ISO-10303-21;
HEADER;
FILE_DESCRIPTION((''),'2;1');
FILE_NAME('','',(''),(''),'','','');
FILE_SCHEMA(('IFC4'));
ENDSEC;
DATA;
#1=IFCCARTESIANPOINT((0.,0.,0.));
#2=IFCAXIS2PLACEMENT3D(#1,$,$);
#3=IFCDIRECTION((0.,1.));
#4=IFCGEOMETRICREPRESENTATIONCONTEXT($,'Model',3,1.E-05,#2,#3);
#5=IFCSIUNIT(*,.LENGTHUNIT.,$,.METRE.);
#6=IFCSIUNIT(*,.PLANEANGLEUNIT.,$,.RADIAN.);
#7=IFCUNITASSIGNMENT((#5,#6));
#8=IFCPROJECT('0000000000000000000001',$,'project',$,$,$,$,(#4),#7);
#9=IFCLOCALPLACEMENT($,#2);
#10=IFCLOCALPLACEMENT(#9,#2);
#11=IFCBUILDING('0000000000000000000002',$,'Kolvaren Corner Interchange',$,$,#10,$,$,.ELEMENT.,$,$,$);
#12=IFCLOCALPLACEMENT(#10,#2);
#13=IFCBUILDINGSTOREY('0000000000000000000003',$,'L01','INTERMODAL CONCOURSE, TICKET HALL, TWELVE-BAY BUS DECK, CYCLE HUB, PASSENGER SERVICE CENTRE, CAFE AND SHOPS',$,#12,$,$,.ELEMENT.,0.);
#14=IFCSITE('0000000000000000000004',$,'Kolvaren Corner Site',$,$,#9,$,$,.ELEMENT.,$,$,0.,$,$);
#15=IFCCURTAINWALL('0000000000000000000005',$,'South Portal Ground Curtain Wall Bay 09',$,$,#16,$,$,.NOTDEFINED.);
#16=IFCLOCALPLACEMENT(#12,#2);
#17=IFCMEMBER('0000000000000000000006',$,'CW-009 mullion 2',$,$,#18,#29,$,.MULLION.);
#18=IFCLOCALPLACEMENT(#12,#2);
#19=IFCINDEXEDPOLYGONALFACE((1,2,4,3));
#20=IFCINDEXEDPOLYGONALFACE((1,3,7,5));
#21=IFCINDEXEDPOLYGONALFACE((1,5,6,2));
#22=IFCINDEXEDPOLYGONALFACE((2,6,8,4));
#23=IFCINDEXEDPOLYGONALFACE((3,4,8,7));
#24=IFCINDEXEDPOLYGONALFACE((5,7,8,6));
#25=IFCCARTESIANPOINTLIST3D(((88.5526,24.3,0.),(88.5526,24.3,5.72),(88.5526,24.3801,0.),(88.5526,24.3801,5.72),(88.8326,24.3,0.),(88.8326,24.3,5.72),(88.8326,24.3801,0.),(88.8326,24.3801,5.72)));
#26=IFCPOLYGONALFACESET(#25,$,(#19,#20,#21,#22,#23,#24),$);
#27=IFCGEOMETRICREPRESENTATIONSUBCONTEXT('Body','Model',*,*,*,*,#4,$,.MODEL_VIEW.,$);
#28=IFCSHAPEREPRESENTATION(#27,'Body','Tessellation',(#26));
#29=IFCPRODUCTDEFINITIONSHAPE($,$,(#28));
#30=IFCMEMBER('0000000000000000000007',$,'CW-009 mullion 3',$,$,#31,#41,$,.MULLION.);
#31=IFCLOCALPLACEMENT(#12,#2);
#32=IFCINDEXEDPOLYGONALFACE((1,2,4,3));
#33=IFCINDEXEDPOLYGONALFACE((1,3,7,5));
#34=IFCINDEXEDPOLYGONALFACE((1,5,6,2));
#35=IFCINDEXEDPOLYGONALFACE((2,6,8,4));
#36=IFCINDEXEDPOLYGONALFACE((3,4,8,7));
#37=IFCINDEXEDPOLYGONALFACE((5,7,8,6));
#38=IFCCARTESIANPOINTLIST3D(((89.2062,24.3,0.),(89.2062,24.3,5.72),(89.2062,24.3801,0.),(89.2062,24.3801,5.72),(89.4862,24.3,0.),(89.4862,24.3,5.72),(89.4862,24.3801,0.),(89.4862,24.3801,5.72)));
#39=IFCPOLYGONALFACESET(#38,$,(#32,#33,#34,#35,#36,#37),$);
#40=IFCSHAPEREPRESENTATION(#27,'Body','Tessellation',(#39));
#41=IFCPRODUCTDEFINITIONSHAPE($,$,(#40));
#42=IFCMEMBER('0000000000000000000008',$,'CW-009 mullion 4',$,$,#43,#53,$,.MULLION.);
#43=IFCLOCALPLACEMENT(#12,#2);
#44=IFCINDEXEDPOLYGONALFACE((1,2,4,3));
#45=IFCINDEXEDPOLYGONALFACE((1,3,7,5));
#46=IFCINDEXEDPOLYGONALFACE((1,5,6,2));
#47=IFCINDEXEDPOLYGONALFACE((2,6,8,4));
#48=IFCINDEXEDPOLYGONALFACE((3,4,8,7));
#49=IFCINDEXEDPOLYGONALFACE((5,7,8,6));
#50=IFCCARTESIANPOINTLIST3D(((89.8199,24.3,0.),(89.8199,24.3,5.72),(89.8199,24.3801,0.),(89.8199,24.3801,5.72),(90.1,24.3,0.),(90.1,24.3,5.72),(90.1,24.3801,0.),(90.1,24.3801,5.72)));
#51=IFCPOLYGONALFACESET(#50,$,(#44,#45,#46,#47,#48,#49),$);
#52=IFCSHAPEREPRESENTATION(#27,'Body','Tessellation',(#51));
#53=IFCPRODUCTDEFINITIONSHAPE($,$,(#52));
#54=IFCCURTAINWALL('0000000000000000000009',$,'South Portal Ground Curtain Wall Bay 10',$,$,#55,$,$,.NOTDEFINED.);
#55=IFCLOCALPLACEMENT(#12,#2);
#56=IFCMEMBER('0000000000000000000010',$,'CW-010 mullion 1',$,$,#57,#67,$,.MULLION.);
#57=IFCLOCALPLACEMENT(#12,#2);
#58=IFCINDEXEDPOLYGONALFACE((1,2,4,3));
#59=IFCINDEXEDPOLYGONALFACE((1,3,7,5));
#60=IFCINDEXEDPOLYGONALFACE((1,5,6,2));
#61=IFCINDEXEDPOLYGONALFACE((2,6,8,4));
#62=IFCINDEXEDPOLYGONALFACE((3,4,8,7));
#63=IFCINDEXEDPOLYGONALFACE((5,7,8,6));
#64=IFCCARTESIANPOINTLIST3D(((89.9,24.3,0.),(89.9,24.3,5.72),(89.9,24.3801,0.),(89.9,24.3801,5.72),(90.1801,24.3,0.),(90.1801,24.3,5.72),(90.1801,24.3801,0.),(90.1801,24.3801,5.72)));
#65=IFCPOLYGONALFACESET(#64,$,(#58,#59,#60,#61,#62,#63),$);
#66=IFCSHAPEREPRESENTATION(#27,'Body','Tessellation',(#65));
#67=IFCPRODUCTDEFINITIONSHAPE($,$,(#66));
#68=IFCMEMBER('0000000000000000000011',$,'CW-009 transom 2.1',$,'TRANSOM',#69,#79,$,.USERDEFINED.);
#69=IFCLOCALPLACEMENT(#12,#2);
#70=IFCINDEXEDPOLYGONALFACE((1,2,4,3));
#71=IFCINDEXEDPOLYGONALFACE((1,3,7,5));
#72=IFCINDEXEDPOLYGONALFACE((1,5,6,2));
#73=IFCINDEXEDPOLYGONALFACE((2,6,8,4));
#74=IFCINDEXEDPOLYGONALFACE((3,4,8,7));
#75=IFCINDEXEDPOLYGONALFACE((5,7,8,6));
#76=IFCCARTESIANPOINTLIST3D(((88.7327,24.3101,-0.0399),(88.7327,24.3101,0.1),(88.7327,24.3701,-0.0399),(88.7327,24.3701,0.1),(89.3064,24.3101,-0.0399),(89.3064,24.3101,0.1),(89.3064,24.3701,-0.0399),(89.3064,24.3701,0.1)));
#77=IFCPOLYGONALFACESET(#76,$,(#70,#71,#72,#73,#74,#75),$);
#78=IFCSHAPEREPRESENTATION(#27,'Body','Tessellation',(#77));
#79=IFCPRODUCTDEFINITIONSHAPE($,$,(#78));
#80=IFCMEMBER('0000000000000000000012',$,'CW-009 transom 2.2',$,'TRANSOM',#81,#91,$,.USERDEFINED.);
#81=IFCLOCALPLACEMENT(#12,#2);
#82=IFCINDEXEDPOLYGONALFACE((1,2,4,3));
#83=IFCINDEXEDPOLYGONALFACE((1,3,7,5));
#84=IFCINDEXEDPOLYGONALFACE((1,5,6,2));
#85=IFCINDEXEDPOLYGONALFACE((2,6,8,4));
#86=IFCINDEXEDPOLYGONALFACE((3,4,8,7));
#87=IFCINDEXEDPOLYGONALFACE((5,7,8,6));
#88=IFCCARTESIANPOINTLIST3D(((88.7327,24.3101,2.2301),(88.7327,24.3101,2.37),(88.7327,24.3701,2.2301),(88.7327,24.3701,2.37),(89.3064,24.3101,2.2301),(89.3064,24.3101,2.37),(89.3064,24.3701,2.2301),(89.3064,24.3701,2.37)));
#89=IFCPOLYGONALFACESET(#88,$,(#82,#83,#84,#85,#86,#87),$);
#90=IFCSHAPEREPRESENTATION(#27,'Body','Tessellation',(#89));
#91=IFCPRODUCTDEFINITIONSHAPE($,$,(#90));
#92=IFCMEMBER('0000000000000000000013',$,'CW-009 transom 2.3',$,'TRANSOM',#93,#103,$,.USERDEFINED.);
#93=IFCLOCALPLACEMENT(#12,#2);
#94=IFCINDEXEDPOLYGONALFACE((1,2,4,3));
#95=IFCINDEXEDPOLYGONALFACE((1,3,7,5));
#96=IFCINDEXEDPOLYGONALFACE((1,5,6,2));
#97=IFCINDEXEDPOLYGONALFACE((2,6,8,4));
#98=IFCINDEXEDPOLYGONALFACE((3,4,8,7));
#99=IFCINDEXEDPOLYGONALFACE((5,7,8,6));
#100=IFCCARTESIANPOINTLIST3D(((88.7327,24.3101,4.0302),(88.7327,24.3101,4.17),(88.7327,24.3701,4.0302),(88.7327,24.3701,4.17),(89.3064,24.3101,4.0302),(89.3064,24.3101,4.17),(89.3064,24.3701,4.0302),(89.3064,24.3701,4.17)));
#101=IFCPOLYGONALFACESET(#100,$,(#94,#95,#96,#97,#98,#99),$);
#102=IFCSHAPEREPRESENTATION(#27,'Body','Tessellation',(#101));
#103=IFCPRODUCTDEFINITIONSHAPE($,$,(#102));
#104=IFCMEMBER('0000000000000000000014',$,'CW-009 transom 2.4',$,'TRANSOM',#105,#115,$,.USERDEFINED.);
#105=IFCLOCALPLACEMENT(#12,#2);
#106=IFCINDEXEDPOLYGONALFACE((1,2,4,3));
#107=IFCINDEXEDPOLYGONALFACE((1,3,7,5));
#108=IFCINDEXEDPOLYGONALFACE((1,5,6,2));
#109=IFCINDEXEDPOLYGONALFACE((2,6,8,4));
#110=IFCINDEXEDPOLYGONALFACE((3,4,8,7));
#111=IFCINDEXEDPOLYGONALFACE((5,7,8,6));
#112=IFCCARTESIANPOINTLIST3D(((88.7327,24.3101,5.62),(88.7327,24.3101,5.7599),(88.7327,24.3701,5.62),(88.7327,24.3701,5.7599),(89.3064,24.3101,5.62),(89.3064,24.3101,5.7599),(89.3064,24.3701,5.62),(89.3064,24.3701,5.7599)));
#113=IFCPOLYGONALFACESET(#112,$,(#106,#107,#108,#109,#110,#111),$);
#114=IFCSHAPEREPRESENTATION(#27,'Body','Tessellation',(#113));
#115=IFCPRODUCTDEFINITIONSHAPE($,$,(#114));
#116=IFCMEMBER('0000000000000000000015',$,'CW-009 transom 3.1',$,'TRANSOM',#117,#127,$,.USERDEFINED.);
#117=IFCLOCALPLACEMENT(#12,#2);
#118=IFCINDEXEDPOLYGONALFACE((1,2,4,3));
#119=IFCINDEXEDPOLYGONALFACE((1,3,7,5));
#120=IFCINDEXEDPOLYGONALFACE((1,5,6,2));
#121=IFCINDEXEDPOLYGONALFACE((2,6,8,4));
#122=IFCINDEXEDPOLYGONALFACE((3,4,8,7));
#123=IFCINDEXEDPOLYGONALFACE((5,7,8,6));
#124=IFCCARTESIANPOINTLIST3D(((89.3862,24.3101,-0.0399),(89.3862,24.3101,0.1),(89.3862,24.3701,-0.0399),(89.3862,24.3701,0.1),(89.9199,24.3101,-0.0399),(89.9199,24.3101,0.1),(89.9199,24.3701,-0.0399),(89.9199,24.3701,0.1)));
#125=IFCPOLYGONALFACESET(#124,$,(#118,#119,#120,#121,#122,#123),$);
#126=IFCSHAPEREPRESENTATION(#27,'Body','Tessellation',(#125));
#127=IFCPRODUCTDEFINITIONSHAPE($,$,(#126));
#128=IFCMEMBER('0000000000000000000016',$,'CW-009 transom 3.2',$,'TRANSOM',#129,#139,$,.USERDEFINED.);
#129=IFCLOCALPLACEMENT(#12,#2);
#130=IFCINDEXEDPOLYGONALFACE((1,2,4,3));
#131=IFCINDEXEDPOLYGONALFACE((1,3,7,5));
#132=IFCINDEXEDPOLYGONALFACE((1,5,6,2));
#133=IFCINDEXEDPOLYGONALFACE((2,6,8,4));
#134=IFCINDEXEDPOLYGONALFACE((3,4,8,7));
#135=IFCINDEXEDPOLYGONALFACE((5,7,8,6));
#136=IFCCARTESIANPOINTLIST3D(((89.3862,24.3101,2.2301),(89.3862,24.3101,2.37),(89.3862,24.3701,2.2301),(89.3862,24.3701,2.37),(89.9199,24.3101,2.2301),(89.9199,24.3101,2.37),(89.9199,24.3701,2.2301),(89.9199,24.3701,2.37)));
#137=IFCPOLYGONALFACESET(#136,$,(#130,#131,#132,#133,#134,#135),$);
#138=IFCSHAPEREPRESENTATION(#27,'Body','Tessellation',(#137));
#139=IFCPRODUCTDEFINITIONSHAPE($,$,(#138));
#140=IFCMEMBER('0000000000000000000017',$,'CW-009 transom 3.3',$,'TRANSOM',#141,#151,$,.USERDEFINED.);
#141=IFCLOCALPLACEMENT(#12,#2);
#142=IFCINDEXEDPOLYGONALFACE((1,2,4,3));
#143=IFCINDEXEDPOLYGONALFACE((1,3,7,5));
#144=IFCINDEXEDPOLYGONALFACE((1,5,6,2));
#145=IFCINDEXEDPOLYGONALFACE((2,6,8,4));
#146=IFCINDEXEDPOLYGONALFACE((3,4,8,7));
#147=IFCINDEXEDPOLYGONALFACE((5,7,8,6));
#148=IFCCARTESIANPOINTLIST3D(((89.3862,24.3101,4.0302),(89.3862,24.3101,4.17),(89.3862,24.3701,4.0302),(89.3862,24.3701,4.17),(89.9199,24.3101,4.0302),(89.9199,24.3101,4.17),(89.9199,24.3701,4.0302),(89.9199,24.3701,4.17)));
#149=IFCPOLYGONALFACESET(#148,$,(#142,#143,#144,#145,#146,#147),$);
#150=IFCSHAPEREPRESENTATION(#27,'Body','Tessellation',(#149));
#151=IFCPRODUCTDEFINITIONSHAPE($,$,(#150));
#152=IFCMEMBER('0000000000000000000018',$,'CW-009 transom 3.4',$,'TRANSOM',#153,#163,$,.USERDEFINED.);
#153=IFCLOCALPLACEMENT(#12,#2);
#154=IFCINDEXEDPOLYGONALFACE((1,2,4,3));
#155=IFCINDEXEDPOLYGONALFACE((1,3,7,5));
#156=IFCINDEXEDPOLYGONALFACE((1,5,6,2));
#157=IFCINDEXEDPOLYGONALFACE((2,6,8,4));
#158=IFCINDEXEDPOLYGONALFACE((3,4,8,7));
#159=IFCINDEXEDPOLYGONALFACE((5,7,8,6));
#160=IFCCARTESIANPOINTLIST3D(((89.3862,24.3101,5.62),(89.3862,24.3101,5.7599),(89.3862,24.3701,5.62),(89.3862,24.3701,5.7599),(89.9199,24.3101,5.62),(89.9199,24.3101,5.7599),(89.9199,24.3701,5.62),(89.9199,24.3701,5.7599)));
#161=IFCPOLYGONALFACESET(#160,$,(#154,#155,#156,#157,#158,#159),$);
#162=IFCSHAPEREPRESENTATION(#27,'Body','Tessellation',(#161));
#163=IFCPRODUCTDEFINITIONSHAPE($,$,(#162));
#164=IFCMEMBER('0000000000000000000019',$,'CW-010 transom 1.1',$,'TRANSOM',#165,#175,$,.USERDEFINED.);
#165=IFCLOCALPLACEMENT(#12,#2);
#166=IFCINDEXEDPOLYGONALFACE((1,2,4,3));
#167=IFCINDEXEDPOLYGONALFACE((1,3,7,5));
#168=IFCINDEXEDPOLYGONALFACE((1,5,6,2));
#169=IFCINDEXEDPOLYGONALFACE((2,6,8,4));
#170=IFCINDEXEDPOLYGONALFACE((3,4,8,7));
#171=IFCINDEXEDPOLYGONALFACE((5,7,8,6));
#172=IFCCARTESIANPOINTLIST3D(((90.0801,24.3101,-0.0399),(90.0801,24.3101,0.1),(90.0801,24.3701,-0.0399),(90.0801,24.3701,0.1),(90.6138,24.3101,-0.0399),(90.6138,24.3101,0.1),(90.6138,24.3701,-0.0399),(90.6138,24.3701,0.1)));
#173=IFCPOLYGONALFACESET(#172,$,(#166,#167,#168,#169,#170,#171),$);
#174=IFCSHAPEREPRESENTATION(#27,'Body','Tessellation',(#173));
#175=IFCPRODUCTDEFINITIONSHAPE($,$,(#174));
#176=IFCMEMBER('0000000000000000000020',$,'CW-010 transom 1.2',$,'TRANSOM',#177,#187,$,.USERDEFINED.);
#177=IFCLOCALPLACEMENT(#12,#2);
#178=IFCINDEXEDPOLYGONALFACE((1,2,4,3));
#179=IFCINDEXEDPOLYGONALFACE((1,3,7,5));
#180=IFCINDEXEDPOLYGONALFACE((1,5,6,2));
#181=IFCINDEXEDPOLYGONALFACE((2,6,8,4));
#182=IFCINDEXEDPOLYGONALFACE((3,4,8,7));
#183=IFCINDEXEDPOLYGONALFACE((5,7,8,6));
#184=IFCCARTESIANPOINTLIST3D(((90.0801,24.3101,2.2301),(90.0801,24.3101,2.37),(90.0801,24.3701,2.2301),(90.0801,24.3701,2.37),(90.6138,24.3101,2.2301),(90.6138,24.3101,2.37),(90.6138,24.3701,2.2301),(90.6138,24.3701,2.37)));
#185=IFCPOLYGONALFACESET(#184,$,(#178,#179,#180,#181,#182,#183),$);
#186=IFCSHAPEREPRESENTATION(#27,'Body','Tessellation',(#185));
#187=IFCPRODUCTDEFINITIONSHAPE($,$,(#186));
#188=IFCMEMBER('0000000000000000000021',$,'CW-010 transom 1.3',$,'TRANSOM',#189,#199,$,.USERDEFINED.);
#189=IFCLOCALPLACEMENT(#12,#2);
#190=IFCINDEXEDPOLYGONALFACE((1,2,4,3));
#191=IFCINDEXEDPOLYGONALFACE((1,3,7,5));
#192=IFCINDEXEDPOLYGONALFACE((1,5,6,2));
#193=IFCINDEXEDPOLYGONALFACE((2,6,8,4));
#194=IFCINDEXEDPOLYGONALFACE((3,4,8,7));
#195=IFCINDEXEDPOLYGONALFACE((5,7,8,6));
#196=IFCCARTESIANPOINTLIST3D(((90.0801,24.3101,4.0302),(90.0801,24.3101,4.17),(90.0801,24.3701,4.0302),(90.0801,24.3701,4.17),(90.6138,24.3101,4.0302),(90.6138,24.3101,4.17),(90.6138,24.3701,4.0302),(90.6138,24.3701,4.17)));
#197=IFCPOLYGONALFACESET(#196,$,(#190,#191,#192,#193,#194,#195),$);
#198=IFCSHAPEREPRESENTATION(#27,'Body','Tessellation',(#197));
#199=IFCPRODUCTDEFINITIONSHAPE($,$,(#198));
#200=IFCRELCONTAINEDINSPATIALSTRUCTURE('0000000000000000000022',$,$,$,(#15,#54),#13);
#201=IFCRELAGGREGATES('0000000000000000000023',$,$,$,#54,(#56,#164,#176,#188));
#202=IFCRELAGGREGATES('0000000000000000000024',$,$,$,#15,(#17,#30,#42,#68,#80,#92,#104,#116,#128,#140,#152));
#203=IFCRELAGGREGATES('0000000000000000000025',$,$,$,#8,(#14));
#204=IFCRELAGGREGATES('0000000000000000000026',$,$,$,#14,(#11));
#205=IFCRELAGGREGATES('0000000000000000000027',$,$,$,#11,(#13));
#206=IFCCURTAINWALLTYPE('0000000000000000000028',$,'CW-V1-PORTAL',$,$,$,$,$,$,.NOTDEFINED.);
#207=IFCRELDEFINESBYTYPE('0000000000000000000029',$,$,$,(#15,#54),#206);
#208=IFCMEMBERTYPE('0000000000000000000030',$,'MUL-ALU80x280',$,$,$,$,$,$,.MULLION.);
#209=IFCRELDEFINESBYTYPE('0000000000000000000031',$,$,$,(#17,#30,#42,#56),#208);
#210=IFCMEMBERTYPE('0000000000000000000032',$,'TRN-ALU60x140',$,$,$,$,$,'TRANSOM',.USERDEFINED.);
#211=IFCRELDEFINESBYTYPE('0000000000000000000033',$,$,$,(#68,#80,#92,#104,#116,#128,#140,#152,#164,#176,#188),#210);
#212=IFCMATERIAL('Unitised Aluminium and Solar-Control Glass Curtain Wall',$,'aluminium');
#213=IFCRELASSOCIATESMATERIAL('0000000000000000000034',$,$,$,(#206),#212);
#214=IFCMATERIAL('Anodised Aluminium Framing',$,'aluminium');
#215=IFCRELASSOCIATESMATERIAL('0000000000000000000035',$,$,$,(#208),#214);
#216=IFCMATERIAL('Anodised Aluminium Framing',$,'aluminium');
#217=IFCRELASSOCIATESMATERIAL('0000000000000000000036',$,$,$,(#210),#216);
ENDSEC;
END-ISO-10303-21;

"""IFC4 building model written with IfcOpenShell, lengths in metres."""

from ifc_helpers import new_model, si_unit, direction, frame, origin, origin_2d, place, context, subcontext, project, spatial, rectangle, extrude, material, material_profile, profile_set, type_object, element, aggregate, save


model = new_model("IFC4")

# Units and contexts
model_context = context("Model", 3, precision=1e-05, world=origin(), true_north=direction((0.0, 1.0)))
body_context = subcontext(model_context, "Body", "Model", "MODEL_VIEW")
ifc_project = project(units=[si_unit("LENGTHUNIT", "METRE"), si_unit("PLANEANGLEUNIT", "RADIAN")], contexts=[model_context])

# Site, building, storey
site_placement = place(None, origin())
site = spatial("IfcSite", under=ifc_project, at=site_placement, Name="Kolvaren Corner Site", CompositionType="ELEMENT", RefElevation=0.0)
building_placement = place(site_placement, origin())
building = spatial("IfcBuilding", under=site, at=building_placement, Name="Kolvaren Corner Interchange", CompositionType="ELEMENT")
storey_placement = place(building_placement, origin())
storey = spatial("IfcBuildingStorey", under=building, at=storey_placement, Name="L01", Description="INTERMODAL CONCOURSE, TICKET HALL, TWELVE-BAY BUS DECK, CYCLE HUB, PASSENGER SERVICE CENTRE, CAFE AND SHOPS", CompositionType="ELEMENT", Elevation=0.0)

# Curtain wall, members
ifc_material_1 = material(Name="Unitised Aluminium and Solar-Control Glass Curtain Wall", Category="aluminium")
curtain_wall_type = type_object("IfcCurtainWallType", Name="CW-V1-PORTAL", PredefinedType="NOTDEFINED", material=ifc_material_1)
curtain_wall_1_placement = place(storey_placement, origin())
curtain_wall_1 = element("IfcCurtainWall", 1, at=curtain_wall_1_placement, inside=storey, type_object=curtain_wall_type, Name="South Portal Ground Curtain Wall Bay 09", PredefinedType="NOTDEFINED")
ifc_material_2 = material(Name="Anodised Aluminium Framing", Category="aluminium")
ifc_material_profile_1 = material_profile(ifc_material_2, rectangle(XDim=0.0801, YDim=0.28, at=origin_2d()), Name="ALU 80x280")
ifc_profile_set_1 = profile_set([ifc_material_profile_1], Name="Anodised Aluminium Framing")
member_type_1 = type_object("IfcMemberType", Name="MUL-ALU80x280", PredefinedType="MULLION", material=ifc_profile_set_1)
member_1_placement = place(storey_placement, frame((88.6926, 24.3401, 0.0), z_axis=(0.0, 0.0, 1.0), x_axis=(0.0, 1.0, 0.0)))
member_1 = element("IfcMember", 2, at=member_1_placement, type_object=member_type_1, Name="CW-009 mullion 2", PredefinedType="MULLION", context=body_context, shape_type="SweptSolid", body=[
    extrude(rectangle(XDim=0.0801, YDim=0.28, at=origin_2d()), origin(), (0.0, 0.0, 1.0), 5.72),
])
member_2_placement = place(storey_placement, frame((89.3462, 24.3401, 0.0), z_axis=(0.0, 0.0, 1.0), x_axis=(0.0, 1.0, 0.0)))
member_2 = element("IfcMember", 3, at=member_2_placement, type_object=member_type_1, Name="CW-009 mullion 3", PredefinedType="MULLION", context=body_context, shape_type="SweptSolid", body=[
    extrude(rectangle(XDim=0.0801, YDim=0.28, at=origin_2d()), origin(), (0.0, 0.0, 1.0), 5.72),
])
member_3_placement = place(storey_placement, frame((89.96, 24.3401, 0.0), z_axis=(0.0, 0.0, 1.0), x_axis=(0.0, 1.0, 0.0)))
member_3 = element("IfcMember", 4, at=member_3_placement, type_object=member_type_1, Name="CW-009 mullion 4", PredefinedType="MULLION", context=body_context, shape_type="SweptSolid", body=[
    extrude(rectangle(XDim=0.0801, YDim=0.28, at=origin_2d()), origin(), (0.0, 0.0, 1.0), 5.72),
])

# Curtain wall, member
curtain_wall_2_placement = place(storey_placement, origin())
curtain_wall_2 = element("IfcCurtainWall", 5, at=curtain_wall_2_placement, inside=storey, type_object=curtain_wall_type, Name="South Portal Ground Curtain Wall Bay 10", PredefinedType="NOTDEFINED")
member_4_placement = place(storey_placement, frame((90.04, 24.3401, 0.0), z_axis=(0.0, 0.0, 1.0), x_axis=(0.0, 1.0, 0.0)))
member_4 = element("IfcMember", 6, at=member_4_placement, type_object=member_type_1, Name="CW-010 mullion 1", PredefinedType="MULLION", context=body_context, shape_type="SweptSolid", body=[
    extrude(rectangle(XDim=0.0801, YDim=0.28, at=origin_2d()), origin(), (0.0, 0.0, 1.0), 5.72),
])

# Members
ifc_material_3 = material(Name="Anodised Aluminium Framing", Category="aluminium")
ifc_material_profile_2 = material_profile(ifc_material_3, rectangle(XDim=0.0601, YDim=0.1399, at=origin_2d()), Name="ALU 60x140")
ifc_profile_set_2 = profile_set([ifc_material_profile_2], Name="Anodised Aluminium Framing")
member_type_2 = type_object("IfcMemberType", Name="TRN-ALU60x140", ElementType="TRANSOM", PredefinedType="USERDEFINED", material=ifc_profile_set_2)
member_5_placement = place(storey_placement, frame((88.7327, 24.3401, 0.03), z_axis=(1.0, 0.0, 0.0), x_axis=(0.0, 1.0, 0.0)))
member_5 = element("IfcMember", 7, at=member_5_placement, type_object=member_type_2, Name="CW-009 transom 2.1", ObjectType="TRANSOM", PredefinedType="USERDEFINED", context=body_context, shape_type="SweptSolid", body=[
    extrude(rectangle(XDim=0.0601, YDim=0.1399, at=origin_2d()), origin(), (0.0, 0.0, 1.0), 0.5737),
])
member_6_placement = place(storey_placement, frame((88.7327, 24.3401, 2.3), z_axis=(1.0, 0.0, 0.0), x_axis=(0.0, 1.0, 0.0)))
member_6 = element("IfcMember", 8, at=member_6_placement, type_object=member_type_2, Name="CW-009 transom 2.2", ObjectType="TRANSOM", PredefinedType="USERDEFINED", context=body_context, shape_type="SweptSolid", body=[
    extrude(rectangle(XDim=0.0601, YDim=0.1399, at=origin_2d()), origin(), (0.0, 0.0, 1.0), 0.5737),
])
member_7_placement = place(storey_placement, frame((88.7327, 24.3401, 4.1001), z_axis=(1.0, 0.0, 0.0), x_axis=(0.0, 1.0, 0.0)))
member_7 = element("IfcMember", 9, at=member_7_placement, type_object=member_type_2, Name="CW-009 transom 2.3", ObjectType="TRANSOM", PredefinedType="USERDEFINED", context=body_context, shape_type="SweptSolid", body=[
    extrude(rectangle(XDim=0.0601, YDim=0.1399, at=origin_2d()), origin(), (0.0, 0.0, 1.0), 0.5737),
])
member_8_placement = place(storey_placement, frame((88.7327, 24.3401, 5.6899), z_axis=(1.0, 0.0, 0.0), x_axis=(0.0, 1.0, 0.0)))
member_8 = element("IfcMember", 10, at=member_8_placement, type_object=member_type_2, Name="CW-009 transom 2.4", ObjectType="TRANSOM", PredefinedType="USERDEFINED", context=body_context, shape_type="SweptSolid", body=[
    extrude(rectangle(XDim=0.0601, YDim=0.1399, at=origin_2d()), origin(), (0.0, 0.0, 1.0), 0.5737),
])
member_9_placement = place(storey_placement, frame((89.3862, 24.3401, 0.03), z_axis=(1.0, 0.0, 0.0), x_axis=(0.0, 1.0, 0.0)))
member_9 = element("IfcMember", 11, at=member_9_placement, type_object=member_type_2, Name="CW-009 transom 3.1", ObjectType="TRANSOM", PredefinedType="USERDEFINED", context=body_context, shape_type="SweptSolid", body=[
    extrude(rectangle(XDim=0.0601, YDim=0.1399, at=origin_2d()), origin(), (0.0, 0.0, 1.0), 0.5337),
])
member_10_placement = place(storey_placement, frame((89.3862, 24.3401, 2.3), z_axis=(1.0, 0.0, 0.0), x_axis=(0.0, 1.0, 0.0)))
member_10 = element("IfcMember", 12, at=member_10_placement, type_object=member_type_2, Name="CW-009 transom 3.2", ObjectType="TRANSOM", PredefinedType="USERDEFINED", context=body_context, shape_type="SweptSolid", body=[
    extrude(rectangle(XDim=0.0601, YDim=0.1399, at=origin_2d()), origin(), (0.0, 0.0, 1.0), 0.5337),
])
member_11_placement = place(storey_placement, frame((89.3862, 24.3401, 4.1001), z_axis=(1.0, 0.0, 0.0), x_axis=(0.0, 1.0, 0.0)))
member_11 = element("IfcMember", 13, at=member_11_placement, type_object=member_type_2, Name="CW-009 transom 3.3", ObjectType="TRANSOM", PredefinedType="USERDEFINED", context=body_context, shape_type="SweptSolid", body=[
    extrude(rectangle(XDim=0.0601, YDim=0.1399, at=origin_2d()), origin(), (0.0, 0.0, 1.0), 0.5337),
])
member_12_placement = place(storey_placement, frame((89.3862, 24.3401, 5.6899), z_axis=(1.0, 0.0, 0.0), x_axis=(0.0, 1.0, 0.0)))
member_12 = element("IfcMember", 14, at=member_12_placement, type_object=member_type_2, Name="CW-009 transom 3.4", ObjectType="TRANSOM", PredefinedType="USERDEFINED", context=body_context, shape_type="SweptSolid", body=[
    extrude(rectangle(XDim=0.0601, YDim=0.1399, at=origin_2d()), origin(), (0.0, 0.0, 1.0), 0.5337),
])
member_13_placement = place(storey_placement, frame((90.0801, 24.3401, 0.03), z_axis=(1.0, 0.0, 0.0), x_axis=(0.0, 1.0, 0.0)))
member_13 = element("IfcMember", 15, at=member_13_placement, type_object=member_type_2, Name="CW-010 transom 1.1", ObjectType="TRANSOM", PredefinedType="USERDEFINED", context=body_context, shape_type="SweptSolid", body=[
    extrude(rectangle(XDim=0.0601, YDim=0.1399, at=origin_2d()), origin(), (0.0, 0.0, 1.0), 0.5337),
])
member_14_placement = place(storey_placement, frame((90.0801, 24.3401, 2.3), z_axis=(1.0, 0.0, 0.0), x_axis=(0.0, 1.0, 0.0)))
member_14 = element("IfcMember", 16, at=member_14_placement, type_object=member_type_2, Name="CW-010 transom 1.2", ObjectType="TRANSOM", PredefinedType="USERDEFINED", context=body_context, shape_type="SweptSolid", body=[
    extrude(rectangle(XDim=0.0601, YDim=0.1399, at=origin_2d()), origin(), (0.0, 0.0, 1.0), 0.5337),
])
member_15_placement = place(storey_placement, frame((90.0801, 24.3401, 4.1001), z_axis=(1.0, 0.0, 0.0), x_axis=(0.0, 1.0, 0.0)))
member_15 = element("IfcMember", 17, at=member_15_placement, type_object=member_type_2, Name="CW-010 transom 1.3", ObjectType="TRANSOM", PredefinedType="USERDEFINED", context=body_context, shape_type="SweptSolid", body=[
    extrude(rectangle(XDim=0.0601, YDim=0.1399, at=origin_2d()), origin(), (0.0, 0.0, 1.0), 0.5337),
])
aggregate(curtain_wall_2, [member_4, member_13, member_14, member_15])

aggregate(curtain_wall_1, [member_1, member_2, member_3, member_5, member_6, member_7, member_8, member_9, member_10, member_11, member_12])

save(model, "model.ifc")
